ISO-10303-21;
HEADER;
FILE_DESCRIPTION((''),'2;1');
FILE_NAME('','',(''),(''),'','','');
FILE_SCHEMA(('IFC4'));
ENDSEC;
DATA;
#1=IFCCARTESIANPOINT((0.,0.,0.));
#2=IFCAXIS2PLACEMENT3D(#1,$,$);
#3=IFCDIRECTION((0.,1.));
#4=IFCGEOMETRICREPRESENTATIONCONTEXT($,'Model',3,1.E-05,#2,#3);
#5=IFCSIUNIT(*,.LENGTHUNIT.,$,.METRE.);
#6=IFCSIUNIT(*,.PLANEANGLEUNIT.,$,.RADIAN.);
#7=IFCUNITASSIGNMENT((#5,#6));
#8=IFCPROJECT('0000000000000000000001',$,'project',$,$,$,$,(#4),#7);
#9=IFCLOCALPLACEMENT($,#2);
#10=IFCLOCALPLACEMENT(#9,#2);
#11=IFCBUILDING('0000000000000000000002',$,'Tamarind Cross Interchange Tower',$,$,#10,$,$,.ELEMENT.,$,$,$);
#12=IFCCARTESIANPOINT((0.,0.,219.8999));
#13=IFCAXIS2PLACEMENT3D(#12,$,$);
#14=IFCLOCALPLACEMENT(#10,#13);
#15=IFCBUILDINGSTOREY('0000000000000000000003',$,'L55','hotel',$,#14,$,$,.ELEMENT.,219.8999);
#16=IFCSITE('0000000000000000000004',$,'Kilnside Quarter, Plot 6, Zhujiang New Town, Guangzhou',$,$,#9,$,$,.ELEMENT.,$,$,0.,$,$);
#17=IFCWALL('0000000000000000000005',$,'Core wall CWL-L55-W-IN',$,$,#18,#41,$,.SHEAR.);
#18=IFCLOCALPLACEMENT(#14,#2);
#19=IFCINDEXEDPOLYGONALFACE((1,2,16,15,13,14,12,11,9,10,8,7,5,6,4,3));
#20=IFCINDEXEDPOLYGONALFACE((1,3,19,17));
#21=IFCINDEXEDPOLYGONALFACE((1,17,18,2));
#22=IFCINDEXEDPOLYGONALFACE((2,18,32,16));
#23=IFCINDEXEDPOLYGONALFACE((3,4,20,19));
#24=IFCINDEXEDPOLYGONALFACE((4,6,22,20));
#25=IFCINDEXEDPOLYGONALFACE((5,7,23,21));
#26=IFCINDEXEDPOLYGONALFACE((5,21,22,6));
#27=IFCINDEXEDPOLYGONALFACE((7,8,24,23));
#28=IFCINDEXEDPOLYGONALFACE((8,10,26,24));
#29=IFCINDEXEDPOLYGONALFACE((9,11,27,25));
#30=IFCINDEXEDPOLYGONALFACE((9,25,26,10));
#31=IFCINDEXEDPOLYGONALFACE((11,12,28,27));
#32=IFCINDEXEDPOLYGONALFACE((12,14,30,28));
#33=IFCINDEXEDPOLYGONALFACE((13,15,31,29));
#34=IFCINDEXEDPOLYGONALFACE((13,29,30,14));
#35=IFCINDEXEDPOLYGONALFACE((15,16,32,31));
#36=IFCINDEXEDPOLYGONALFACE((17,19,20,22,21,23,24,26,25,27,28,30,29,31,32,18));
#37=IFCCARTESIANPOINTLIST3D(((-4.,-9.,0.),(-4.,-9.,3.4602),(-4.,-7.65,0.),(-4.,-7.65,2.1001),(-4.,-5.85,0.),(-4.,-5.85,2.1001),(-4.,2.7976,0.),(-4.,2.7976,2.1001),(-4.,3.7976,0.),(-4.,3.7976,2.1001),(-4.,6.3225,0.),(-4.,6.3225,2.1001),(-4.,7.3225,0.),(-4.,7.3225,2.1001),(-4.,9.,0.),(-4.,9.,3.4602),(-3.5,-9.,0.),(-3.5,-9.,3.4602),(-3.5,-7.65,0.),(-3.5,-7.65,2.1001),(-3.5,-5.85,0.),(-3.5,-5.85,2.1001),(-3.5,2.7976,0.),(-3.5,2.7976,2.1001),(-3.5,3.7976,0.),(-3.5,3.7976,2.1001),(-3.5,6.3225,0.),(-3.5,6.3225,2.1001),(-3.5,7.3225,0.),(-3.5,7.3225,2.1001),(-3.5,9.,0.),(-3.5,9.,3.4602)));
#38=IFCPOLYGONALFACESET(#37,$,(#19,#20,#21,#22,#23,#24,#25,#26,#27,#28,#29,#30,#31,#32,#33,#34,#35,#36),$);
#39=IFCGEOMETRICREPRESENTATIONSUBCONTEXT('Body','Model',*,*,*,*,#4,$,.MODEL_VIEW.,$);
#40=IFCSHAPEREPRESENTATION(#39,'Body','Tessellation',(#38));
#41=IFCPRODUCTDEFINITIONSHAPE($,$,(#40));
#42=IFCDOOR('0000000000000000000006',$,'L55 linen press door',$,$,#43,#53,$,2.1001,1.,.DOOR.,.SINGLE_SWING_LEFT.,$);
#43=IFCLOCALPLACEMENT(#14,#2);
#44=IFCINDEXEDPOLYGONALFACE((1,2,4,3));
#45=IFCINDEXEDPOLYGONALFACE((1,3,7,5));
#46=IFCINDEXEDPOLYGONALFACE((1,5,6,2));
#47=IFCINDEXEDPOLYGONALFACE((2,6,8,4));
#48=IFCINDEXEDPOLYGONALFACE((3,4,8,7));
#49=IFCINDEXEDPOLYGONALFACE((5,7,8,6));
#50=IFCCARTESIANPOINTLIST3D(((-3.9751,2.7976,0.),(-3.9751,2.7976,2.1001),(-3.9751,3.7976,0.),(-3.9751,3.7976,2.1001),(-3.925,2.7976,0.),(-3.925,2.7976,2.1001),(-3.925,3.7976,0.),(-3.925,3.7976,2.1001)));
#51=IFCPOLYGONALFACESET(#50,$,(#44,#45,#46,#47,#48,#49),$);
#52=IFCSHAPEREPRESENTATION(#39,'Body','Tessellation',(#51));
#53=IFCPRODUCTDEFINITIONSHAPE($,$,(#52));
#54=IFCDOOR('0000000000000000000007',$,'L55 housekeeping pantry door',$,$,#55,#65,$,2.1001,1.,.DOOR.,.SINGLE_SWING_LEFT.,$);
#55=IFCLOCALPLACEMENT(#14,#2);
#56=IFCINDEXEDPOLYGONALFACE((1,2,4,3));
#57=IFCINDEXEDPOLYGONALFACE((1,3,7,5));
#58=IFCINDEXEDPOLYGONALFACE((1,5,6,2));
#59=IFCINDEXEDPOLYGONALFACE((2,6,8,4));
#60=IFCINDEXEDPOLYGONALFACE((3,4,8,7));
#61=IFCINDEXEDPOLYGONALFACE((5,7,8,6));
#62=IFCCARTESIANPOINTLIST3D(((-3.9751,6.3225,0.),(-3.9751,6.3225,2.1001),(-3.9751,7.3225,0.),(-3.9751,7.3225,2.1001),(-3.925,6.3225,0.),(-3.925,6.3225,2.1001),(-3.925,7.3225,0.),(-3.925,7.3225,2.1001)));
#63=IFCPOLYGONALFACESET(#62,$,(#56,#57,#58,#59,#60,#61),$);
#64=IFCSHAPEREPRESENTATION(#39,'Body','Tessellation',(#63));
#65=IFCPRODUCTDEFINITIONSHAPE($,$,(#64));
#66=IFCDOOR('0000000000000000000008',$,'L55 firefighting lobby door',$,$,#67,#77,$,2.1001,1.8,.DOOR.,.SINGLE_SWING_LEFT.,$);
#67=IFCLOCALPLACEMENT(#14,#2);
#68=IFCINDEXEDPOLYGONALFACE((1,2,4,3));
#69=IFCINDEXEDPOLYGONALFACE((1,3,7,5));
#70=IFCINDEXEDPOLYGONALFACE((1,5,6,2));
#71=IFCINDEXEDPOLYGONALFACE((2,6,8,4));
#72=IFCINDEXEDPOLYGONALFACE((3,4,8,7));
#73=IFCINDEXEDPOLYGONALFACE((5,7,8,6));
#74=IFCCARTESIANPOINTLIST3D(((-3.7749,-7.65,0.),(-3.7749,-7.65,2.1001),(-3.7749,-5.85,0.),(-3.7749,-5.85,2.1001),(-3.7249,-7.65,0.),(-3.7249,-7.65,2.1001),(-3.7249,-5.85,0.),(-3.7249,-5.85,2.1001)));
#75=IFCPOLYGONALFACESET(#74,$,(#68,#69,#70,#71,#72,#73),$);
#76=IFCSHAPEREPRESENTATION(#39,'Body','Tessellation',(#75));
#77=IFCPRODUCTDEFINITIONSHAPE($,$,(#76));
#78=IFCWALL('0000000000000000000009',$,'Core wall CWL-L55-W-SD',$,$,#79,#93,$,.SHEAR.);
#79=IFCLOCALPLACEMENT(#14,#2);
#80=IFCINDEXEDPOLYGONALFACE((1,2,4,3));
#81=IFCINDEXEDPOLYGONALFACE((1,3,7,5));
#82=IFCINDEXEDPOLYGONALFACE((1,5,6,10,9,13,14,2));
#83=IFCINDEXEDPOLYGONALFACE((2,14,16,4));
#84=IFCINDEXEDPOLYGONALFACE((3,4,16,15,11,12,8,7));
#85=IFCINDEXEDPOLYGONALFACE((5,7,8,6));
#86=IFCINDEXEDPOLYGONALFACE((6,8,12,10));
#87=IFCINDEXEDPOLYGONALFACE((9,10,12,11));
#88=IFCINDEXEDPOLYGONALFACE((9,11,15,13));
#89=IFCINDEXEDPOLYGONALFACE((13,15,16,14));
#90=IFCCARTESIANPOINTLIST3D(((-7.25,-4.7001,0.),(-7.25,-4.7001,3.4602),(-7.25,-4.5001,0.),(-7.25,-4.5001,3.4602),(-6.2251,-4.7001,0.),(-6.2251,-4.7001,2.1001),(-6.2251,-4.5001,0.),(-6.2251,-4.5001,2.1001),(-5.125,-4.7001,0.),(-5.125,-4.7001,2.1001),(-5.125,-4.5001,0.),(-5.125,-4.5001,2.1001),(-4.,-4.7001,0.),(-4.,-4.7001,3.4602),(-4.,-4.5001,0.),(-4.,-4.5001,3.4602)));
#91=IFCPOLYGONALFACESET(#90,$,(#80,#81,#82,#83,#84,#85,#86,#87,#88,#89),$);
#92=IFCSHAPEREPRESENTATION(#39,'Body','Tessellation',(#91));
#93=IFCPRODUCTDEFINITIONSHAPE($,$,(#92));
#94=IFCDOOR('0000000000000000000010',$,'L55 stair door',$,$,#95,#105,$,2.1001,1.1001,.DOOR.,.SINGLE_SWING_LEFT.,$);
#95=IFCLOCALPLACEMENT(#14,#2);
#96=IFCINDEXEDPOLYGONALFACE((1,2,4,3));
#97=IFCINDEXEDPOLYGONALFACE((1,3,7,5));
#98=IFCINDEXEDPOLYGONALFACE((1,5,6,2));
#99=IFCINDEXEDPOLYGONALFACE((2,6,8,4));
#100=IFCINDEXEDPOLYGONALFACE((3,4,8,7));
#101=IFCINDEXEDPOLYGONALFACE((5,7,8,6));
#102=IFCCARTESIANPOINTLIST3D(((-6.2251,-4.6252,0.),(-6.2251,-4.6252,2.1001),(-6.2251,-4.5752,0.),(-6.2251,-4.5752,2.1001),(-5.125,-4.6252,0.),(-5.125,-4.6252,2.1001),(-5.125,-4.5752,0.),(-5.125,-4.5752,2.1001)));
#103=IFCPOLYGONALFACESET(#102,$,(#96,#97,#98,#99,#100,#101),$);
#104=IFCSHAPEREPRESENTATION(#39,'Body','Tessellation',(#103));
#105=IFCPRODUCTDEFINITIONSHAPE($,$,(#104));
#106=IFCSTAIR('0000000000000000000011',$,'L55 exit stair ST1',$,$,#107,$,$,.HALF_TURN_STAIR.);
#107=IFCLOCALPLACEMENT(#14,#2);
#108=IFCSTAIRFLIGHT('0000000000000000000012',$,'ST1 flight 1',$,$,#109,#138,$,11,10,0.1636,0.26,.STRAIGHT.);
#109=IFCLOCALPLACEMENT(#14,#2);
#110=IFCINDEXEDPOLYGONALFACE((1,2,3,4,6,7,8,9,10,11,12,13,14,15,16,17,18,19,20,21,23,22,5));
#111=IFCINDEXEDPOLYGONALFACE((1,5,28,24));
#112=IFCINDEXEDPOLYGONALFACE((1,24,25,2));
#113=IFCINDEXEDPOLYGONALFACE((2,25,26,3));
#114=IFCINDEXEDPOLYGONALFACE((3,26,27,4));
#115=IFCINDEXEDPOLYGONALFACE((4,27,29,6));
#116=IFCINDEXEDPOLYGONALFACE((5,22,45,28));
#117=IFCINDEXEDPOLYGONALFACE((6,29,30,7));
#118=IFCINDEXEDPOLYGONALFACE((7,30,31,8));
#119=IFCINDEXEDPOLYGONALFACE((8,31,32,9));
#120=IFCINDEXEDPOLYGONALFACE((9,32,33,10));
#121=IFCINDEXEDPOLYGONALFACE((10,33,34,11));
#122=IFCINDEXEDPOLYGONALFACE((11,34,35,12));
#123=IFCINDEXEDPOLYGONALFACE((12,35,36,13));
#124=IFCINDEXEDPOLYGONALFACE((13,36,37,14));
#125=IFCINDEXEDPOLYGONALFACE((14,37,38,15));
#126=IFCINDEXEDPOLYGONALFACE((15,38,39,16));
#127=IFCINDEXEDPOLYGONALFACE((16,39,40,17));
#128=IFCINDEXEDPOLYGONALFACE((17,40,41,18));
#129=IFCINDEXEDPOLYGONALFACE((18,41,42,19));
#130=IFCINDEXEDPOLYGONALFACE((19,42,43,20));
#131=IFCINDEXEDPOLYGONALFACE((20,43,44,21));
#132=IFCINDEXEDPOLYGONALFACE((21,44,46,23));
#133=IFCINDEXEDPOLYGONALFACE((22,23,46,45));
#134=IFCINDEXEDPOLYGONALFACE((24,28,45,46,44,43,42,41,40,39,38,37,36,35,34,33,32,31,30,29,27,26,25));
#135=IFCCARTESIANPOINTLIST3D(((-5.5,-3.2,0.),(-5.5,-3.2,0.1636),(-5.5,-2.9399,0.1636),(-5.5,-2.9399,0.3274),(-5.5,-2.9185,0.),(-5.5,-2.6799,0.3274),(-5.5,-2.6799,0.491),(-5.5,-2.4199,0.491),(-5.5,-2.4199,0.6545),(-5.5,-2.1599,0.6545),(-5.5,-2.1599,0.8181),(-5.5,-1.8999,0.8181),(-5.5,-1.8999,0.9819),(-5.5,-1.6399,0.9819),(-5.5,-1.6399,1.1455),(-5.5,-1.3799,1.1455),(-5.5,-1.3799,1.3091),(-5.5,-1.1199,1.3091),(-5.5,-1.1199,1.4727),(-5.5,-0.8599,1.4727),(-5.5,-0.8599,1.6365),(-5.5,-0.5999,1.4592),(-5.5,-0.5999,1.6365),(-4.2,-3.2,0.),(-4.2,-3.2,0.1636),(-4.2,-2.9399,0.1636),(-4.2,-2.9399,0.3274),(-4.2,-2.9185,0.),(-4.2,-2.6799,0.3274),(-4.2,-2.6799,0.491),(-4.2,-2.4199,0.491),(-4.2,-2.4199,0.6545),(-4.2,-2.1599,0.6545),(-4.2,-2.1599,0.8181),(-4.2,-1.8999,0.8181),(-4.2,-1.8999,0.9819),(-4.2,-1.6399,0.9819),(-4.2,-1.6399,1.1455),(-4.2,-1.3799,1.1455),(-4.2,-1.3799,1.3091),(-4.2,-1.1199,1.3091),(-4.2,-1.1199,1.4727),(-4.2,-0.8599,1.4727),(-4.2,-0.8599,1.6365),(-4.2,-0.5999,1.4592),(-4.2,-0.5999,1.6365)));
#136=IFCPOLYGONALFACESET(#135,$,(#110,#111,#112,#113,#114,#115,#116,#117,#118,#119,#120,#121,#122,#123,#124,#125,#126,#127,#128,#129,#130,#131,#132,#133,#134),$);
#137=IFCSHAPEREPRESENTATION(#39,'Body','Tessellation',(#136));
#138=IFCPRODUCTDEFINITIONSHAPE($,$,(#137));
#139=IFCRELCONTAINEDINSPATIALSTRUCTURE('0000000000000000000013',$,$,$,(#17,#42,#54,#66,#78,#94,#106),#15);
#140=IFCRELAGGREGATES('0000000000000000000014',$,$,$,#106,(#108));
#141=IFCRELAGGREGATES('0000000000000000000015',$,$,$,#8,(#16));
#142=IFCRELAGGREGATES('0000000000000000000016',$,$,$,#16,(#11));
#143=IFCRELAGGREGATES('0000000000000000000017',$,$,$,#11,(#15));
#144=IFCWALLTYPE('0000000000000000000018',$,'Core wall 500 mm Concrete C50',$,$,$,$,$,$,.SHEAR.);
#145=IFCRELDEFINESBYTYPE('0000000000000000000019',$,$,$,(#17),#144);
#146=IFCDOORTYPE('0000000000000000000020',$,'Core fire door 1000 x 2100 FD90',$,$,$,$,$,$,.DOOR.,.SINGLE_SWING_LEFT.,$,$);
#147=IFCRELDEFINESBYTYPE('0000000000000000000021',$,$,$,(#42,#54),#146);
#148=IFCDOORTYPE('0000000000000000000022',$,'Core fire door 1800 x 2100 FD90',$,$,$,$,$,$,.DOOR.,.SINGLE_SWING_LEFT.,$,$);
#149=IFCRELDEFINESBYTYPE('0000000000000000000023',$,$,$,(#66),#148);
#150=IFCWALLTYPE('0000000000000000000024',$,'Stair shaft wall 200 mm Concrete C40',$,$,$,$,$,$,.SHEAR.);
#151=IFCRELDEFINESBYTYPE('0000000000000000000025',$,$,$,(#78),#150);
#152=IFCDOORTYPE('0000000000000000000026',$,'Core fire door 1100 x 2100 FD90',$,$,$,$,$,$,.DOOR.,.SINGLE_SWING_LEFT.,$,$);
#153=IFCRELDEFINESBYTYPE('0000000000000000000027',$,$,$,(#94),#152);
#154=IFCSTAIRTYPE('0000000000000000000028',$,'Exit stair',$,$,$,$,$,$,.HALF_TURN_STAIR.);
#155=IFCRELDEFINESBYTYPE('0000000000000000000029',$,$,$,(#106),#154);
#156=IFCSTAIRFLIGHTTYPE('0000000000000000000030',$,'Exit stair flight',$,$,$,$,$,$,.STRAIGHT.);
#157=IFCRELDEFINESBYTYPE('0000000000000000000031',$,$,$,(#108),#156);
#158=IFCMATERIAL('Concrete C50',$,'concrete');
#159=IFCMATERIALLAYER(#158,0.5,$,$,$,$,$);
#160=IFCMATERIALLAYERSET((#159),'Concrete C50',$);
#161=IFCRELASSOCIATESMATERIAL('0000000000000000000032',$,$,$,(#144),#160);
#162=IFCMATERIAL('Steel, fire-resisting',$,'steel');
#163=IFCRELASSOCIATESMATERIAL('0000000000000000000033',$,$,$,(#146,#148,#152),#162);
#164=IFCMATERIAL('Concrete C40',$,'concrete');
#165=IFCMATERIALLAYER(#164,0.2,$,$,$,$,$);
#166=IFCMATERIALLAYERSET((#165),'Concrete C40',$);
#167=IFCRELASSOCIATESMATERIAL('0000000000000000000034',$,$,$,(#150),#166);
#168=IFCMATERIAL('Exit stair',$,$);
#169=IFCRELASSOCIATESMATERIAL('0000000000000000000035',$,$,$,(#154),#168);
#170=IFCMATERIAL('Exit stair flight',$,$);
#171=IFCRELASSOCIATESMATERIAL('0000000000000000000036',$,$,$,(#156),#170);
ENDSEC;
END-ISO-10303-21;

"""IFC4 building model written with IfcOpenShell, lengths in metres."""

from ifc_helpers import new_model, si_unit, direction, frame, frame_2d, origin, place, context, subcontext, project, spatial, polyline, rectangle, outline, extrude, material, layer, layer_set, type_object, element, fill, aggregate, save


model = new_model("IFC4")

# Units and contexts
model_context = context("Model", 3, precision=1e-05, world=origin(), true_north=direction((0.0, 1.0)))
body_context = subcontext(model_context, "Body", "Model", "MODEL_VIEW")
ifc_project = project(units=[si_unit("LENGTHUNIT", "METRE"), si_unit("PLANEANGLEUNIT", "RADIAN")], contexts=[model_context])

# Site, building, storey
site_placement = place(None, origin())
site = spatial("IfcSite", under=ifc_project, at=site_placement, Name="Kilnside Quarter, Plot 6, Zhujiang New Town, Guangzhou", CompositionType="ELEMENT", RefElevation=0.0)
building_placement = place(site_placement, origin())
building = spatial("IfcBuilding", under=site, at=building_placement, Name="Tamarind Cross Interchange Tower", CompositionType="ELEMENT")
storey_placement = place(building_placement, frame((0.0, 0.0, 219.8999)))
storey = spatial("IfcBuildingStorey", under=building, at=storey_placement, Name="L55", Description="hotel", CompositionType="ELEMENT", Elevation=219.8999)

# Wall, openings, doors
ifc_material_1 = material(Name="Concrete C50", Category="concrete")
ifc_layer_1 = layer(ifc_material_1, 0.5)
ifc_layer_set_1 = layer_set([ifc_layer_1], Name="Concrete C50")
wall_type_1 = type_object("IfcWallType", Name="Core wall 500 mm Concrete C50", PredefinedType="SHEAR", material=ifc_layer_set_1)
wall_1_placement = place(storey_placement, frame((-3.75, -9.0, 0.0), z_axis=(0.0, 0.0, 1.0), x_axis=(0.0, 1.0, 0.0)))
wall_1 = element("IfcWall", 1, at=wall_1_placement, inside=storey, type_object=wall_type_1, Name="Core wall CWL-L55-W-IN", PredefinedType="SHEAR", context=body_context, shape_type="SweptSolid", body=[
    extrude(rectangle(XDim=18.0, YDim=0.5, at=frame_2d((9.0, 0.0))), origin(), (0.0, 0.0, 1.0), 3.4602),
])
opening_1_placement = place(wall_1_placement, frame((1.3501, 0.0, 0.0)))
opening_1 = element("IfcOpeningElement", 2, at=opening_1_placement, cuts=wall_1, PredefinedType="OPENING", context=body_context, shape_type="SweptSolid", body=[
    extrude(rectangle(XDim=1.8, YDim=2.1001, at=frame_2d((0.8999, 1.05))), frame((0.0, 0.26, 0.0), z_axis=(0.0, -1.0, 0.0), x_axis=(1.0, 0.0, 0.0)), (0.0, 0.0, 1.0), 0.52),
])
opening_2_placement = place(wall_1_placement, frame((11.7976, 0.0, 0.0)))
opening_2 = element("IfcOpeningElement", 3, at=opening_2_placement, cuts=wall_1, PredefinedType="OPENING", context=body_context, shape_type="SweptSolid", body=[
    extrude(rectangle(XDim=1.0, YDim=2.1001, at=frame_2d((0.5, 1.05))), frame((0.0, 0.26, 0.0), z_axis=(0.0, -1.0, 0.0), x_axis=(1.0, 0.0, 0.0)), (0.0, 0.0, 1.0), 0.52),
])
opening_3_placement = place(wall_1_placement, frame((15.3225, 0.0, 0.0)))
opening_3 = element("IfcOpeningElement", 4, at=opening_3_placement, cuts=wall_1, PredefinedType="OPENING", context=body_context, shape_type="SweptSolid", body=[
    extrude(rectangle(XDim=1.0, YDim=2.1001, at=frame_2d((0.5, 1.05))), frame((0.0, 0.26, 0.0), z_axis=(0.0, -1.0, 0.0), x_axis=(1.0, 0.0, 0.0)), (0.0, 0.0, 1.0), 0.52),
])
ifc_material_2 = material(Name="Steel, fire-resisting", Category="steel")
door_type_1 = type_object("IfcDoorType", Name="Core fire door 1000 x 2100 FD90", OperationType="SINGLE_SWING_LEFT", PredefinedType="DOOR", material=ifc_material_2)
door_1_placement = place(opening_2_placement, origin())
door_1 = element("IfcDoor", 5, at=door_1_placement, inside=storey, type_object=door_type_1, Name="L55 linen press door", OperationType="SINGLE_SWING_LEFT", OverallHeight=2.1001, OverallWidth=1.0, PredefinedType="DOOR", context=body_context, shape_type="SweptSolid", body=[
    extrude(rectangle(XDim=1.0, YDim=2.1001, at=frame_2d((0.5, 1.05))), frame((0.0, 0.2251, 0.0), z_axis=(0.0, -1.0, 0.0), x_axis=(1.0, 0.0, 0.0)), (0.0, 0.0, 1.0), 0.05),
])
fill(opening_2, door_1)
door_2_placement = place(opening_3_placement, origin())
door_2 = element("IfcDoor", 6, at=door_2_placement, inside=storey, type_object=door_type_1, Name="L55 housekeeping pantry door", OperationType="SINGLE_SWING_LEFT", OverallHeight=2.1001, OverallWidth=1.0, PredefinedType="DOOR", context=body_context, shape_type="SweptSolid", body=[
    extrude(rectangle(XDim=1.0, YDim=2.1001, at=frame_2d((0.5, 1.05))), frame((0.0, 0.2251, 0.0), z_axis=(0.0, -1.0, 0.0), x_axis=(1.0, 0.0, 0.0)), (0.0, 0.0, 1.0), 0.05),
])
fill(opening_3, door_2)
door_type_2 = type_object("IfcDoorType", Name="Core fire door 1800 x 2100 FD90", OperationType="SINGLE_SWING_LEFT", PredefinedType="DOOR", material=ifc_material_2)
door_3_placement = place(opening_1_placement, origin())
door_3 = element("IfcDoor", 7, at=door_3_placement, inside=storey, type_object=door_type_2, Name="L55 firefighting lobby door", OperationType="SINGLE_SWING_LEFT", OverallHeight=2.1001, OverallWidth=1.8, PredefinedType="DOOR", context=body_context, shape_type="SweptSolid", body=[
    extrude(rectangle(XDim=1.8, YDim=2.1001, at=frame_2d((0.8999, 1.05))), frame((0.0, 0.0249, 0.0), z_axis=(0.0, -1.0, 0.0), x_axis=(1.0, 0.0, 0.0)), (0.0, 0.0, 1.0), 0.05),
])
fill(opening_1, door_3)

# Wall, opening, door
ifc_material_3 = material(Name="Concrete C40", Category="concrete")
ifc_layer_2 = layer(ifc_material_3, 0.2)
ifc_layer_set_2 = layer_set([ifc_layer_2], Name="Concrete C40")
wall_type_2 = type_object("IfcWallType", Name="Stair shaft wall 200 mm Concrete C40", PredefinedType="SHEAR", material=ifc_layer_set_2)
wall_2_placement = place(storey_placement, frame((-7.25, -4.6001, 0.0), z_axis=(0.0, 0.0, 1.0), x_axis=(1.0, 0.0, 0.0)))
wall_2 = element("IfcWall", 8, at=wall_2_placement, inside=storey, type_object=wall_type_2, Name="Core wall CWL-L55-W-SD", PredefinedType="SHEAR", context=body_context, shape_type="SweptSolid", body=[
    extrude(rectangle(XDim=3.25, YDim=0.2, at=frame_2d((1.625, 0.0))), origin(), (0.0, 0.0, 1.0), 3.4602),
])
opening_4_placement = place(wall_2_placement, frame((1.0249, 0.0, 0.0)))
opening_4 = element("IfcOpeningElement", 9, at=opening_4_placement, cuts=wall_2, PredefinedType="OPENING", context=body_context, shape_type="SweptSolid", body=[
    extrude(rectangle(XDim=1.1001, YDim=2.1001, at=frame_2d((0.55, 1.05))), frame((0.0, 0.1099, 0.0), z_axis=(0.0, -1.0, 0.0), x_axis=(1.0, 0.0, 0.0)), (0.0, 0.0, 1.0), 0.22),
])
door_type_3 = type_object("IfcDoorType", Name="Core fire door 1100 x 2100 FD90", OperationType="SINGLE_SWING_LEFT", PredefinedType="DOOR", material=ifc_material_2)
door_4_placement = place(opening_4_placement, origin())
door_4 = element("IfcDoor", 10, at=door_4_placement, inside=storey, type_object=door_type_3, Name="L55 stair door", OperationType="SINGLE_SWING_LEFT", OverallHeight=2.1001, OverallWidth=1.1001, PredefinedType="DOOR", context=body_context, shape_type="SweptSolid", body=[
    extrude(rectangle(XDim=1.1001, YDim=2.1001, at=frame_2d((0.55, 1.05))), frame((0.0, 0.0249, 0.0), z_axis=(0.0, -1.0, 0.0), x_axis=(1.0, 0.0, 0.0)), (0.0, 0.0, 1.0), 0.05),
])
fill(opening_4, door_4)

# Stair, stair flight
ifc_material_4 = material(Name="Exit stair")
stair_type = type_object("IfcStairType", Name="Exit stair", PredefinedType="HALF_TURN_STAIR", material=ifc_material_4)
stair_placement = place(storey_placement, origin())
stair = element("IfcStair", 11, at=stair_placement, inside=storey, type_object=stair_type, Name="L55 exit stair ST1", PredefinedType="HALF_TURN_STAIR")
ifc_material_5 = material(Name="Exit stair flight")
stair_flight_type = type_object("IfcStairFlightType", Name="Exit stair flight", PredefinedType="STRAIGHT", material=ifc_material_5)
stair_flight_1_placement = place(storey_placement, frame((-4.8501, -3.2, 0.0), z_axis=(0.0, 0.0, 1.0), x_axis=(0.0, 1.0, 0.0)))
stair_flight_1 = element("IfcStairFlight", 12, at=stair_flight_1_placement, type_object=stair_flight_type, Name="ST1 flight 1", NumberOfRisers=11, NumberOfTreads=10, PredefinedType="STRAIGHT", RiserHeight=0.1636, TreadLength=0.26, context=body_context, shape_type="SweptSolid", body=[
    extrude(outline(polyline([(0.0, 0.0), (0.0, 0.1636), (0.26, 0.1636), (0.26, 0.3274), (0.52, 0.3274), (0.52, 0.491), (0.78, 0.491), (0.78, 0.6545), (1.04, 0.6545), (1.04, 0.8181), (1.3, 0.8181), (1.3, 0.9819), (1.5601, 0.9819), (1.5601, 1.1455), (1.8201, 1.1455), (1.8201, 1.3091), (2.0801, 1.3091), (2.0801, 1.4727), (2.3401, 1.4727), (2.3401, 1.6365), (2.6001, 1.6365), (2.6001, 1.8), (2.6001, 1.4592), (0.2815, 0.0), (0.0, 0.0)])), frame((0.0, 0.6499, 0.0), z_axis=(0.0, -1.0, 0.0), x_axis=(1.0, 0.0, 0.0)), (0.0, 0.0, 1.0), 1.3),
])
aggregate(stair, [stair_flight_1])

save(model, "model.ifc")
